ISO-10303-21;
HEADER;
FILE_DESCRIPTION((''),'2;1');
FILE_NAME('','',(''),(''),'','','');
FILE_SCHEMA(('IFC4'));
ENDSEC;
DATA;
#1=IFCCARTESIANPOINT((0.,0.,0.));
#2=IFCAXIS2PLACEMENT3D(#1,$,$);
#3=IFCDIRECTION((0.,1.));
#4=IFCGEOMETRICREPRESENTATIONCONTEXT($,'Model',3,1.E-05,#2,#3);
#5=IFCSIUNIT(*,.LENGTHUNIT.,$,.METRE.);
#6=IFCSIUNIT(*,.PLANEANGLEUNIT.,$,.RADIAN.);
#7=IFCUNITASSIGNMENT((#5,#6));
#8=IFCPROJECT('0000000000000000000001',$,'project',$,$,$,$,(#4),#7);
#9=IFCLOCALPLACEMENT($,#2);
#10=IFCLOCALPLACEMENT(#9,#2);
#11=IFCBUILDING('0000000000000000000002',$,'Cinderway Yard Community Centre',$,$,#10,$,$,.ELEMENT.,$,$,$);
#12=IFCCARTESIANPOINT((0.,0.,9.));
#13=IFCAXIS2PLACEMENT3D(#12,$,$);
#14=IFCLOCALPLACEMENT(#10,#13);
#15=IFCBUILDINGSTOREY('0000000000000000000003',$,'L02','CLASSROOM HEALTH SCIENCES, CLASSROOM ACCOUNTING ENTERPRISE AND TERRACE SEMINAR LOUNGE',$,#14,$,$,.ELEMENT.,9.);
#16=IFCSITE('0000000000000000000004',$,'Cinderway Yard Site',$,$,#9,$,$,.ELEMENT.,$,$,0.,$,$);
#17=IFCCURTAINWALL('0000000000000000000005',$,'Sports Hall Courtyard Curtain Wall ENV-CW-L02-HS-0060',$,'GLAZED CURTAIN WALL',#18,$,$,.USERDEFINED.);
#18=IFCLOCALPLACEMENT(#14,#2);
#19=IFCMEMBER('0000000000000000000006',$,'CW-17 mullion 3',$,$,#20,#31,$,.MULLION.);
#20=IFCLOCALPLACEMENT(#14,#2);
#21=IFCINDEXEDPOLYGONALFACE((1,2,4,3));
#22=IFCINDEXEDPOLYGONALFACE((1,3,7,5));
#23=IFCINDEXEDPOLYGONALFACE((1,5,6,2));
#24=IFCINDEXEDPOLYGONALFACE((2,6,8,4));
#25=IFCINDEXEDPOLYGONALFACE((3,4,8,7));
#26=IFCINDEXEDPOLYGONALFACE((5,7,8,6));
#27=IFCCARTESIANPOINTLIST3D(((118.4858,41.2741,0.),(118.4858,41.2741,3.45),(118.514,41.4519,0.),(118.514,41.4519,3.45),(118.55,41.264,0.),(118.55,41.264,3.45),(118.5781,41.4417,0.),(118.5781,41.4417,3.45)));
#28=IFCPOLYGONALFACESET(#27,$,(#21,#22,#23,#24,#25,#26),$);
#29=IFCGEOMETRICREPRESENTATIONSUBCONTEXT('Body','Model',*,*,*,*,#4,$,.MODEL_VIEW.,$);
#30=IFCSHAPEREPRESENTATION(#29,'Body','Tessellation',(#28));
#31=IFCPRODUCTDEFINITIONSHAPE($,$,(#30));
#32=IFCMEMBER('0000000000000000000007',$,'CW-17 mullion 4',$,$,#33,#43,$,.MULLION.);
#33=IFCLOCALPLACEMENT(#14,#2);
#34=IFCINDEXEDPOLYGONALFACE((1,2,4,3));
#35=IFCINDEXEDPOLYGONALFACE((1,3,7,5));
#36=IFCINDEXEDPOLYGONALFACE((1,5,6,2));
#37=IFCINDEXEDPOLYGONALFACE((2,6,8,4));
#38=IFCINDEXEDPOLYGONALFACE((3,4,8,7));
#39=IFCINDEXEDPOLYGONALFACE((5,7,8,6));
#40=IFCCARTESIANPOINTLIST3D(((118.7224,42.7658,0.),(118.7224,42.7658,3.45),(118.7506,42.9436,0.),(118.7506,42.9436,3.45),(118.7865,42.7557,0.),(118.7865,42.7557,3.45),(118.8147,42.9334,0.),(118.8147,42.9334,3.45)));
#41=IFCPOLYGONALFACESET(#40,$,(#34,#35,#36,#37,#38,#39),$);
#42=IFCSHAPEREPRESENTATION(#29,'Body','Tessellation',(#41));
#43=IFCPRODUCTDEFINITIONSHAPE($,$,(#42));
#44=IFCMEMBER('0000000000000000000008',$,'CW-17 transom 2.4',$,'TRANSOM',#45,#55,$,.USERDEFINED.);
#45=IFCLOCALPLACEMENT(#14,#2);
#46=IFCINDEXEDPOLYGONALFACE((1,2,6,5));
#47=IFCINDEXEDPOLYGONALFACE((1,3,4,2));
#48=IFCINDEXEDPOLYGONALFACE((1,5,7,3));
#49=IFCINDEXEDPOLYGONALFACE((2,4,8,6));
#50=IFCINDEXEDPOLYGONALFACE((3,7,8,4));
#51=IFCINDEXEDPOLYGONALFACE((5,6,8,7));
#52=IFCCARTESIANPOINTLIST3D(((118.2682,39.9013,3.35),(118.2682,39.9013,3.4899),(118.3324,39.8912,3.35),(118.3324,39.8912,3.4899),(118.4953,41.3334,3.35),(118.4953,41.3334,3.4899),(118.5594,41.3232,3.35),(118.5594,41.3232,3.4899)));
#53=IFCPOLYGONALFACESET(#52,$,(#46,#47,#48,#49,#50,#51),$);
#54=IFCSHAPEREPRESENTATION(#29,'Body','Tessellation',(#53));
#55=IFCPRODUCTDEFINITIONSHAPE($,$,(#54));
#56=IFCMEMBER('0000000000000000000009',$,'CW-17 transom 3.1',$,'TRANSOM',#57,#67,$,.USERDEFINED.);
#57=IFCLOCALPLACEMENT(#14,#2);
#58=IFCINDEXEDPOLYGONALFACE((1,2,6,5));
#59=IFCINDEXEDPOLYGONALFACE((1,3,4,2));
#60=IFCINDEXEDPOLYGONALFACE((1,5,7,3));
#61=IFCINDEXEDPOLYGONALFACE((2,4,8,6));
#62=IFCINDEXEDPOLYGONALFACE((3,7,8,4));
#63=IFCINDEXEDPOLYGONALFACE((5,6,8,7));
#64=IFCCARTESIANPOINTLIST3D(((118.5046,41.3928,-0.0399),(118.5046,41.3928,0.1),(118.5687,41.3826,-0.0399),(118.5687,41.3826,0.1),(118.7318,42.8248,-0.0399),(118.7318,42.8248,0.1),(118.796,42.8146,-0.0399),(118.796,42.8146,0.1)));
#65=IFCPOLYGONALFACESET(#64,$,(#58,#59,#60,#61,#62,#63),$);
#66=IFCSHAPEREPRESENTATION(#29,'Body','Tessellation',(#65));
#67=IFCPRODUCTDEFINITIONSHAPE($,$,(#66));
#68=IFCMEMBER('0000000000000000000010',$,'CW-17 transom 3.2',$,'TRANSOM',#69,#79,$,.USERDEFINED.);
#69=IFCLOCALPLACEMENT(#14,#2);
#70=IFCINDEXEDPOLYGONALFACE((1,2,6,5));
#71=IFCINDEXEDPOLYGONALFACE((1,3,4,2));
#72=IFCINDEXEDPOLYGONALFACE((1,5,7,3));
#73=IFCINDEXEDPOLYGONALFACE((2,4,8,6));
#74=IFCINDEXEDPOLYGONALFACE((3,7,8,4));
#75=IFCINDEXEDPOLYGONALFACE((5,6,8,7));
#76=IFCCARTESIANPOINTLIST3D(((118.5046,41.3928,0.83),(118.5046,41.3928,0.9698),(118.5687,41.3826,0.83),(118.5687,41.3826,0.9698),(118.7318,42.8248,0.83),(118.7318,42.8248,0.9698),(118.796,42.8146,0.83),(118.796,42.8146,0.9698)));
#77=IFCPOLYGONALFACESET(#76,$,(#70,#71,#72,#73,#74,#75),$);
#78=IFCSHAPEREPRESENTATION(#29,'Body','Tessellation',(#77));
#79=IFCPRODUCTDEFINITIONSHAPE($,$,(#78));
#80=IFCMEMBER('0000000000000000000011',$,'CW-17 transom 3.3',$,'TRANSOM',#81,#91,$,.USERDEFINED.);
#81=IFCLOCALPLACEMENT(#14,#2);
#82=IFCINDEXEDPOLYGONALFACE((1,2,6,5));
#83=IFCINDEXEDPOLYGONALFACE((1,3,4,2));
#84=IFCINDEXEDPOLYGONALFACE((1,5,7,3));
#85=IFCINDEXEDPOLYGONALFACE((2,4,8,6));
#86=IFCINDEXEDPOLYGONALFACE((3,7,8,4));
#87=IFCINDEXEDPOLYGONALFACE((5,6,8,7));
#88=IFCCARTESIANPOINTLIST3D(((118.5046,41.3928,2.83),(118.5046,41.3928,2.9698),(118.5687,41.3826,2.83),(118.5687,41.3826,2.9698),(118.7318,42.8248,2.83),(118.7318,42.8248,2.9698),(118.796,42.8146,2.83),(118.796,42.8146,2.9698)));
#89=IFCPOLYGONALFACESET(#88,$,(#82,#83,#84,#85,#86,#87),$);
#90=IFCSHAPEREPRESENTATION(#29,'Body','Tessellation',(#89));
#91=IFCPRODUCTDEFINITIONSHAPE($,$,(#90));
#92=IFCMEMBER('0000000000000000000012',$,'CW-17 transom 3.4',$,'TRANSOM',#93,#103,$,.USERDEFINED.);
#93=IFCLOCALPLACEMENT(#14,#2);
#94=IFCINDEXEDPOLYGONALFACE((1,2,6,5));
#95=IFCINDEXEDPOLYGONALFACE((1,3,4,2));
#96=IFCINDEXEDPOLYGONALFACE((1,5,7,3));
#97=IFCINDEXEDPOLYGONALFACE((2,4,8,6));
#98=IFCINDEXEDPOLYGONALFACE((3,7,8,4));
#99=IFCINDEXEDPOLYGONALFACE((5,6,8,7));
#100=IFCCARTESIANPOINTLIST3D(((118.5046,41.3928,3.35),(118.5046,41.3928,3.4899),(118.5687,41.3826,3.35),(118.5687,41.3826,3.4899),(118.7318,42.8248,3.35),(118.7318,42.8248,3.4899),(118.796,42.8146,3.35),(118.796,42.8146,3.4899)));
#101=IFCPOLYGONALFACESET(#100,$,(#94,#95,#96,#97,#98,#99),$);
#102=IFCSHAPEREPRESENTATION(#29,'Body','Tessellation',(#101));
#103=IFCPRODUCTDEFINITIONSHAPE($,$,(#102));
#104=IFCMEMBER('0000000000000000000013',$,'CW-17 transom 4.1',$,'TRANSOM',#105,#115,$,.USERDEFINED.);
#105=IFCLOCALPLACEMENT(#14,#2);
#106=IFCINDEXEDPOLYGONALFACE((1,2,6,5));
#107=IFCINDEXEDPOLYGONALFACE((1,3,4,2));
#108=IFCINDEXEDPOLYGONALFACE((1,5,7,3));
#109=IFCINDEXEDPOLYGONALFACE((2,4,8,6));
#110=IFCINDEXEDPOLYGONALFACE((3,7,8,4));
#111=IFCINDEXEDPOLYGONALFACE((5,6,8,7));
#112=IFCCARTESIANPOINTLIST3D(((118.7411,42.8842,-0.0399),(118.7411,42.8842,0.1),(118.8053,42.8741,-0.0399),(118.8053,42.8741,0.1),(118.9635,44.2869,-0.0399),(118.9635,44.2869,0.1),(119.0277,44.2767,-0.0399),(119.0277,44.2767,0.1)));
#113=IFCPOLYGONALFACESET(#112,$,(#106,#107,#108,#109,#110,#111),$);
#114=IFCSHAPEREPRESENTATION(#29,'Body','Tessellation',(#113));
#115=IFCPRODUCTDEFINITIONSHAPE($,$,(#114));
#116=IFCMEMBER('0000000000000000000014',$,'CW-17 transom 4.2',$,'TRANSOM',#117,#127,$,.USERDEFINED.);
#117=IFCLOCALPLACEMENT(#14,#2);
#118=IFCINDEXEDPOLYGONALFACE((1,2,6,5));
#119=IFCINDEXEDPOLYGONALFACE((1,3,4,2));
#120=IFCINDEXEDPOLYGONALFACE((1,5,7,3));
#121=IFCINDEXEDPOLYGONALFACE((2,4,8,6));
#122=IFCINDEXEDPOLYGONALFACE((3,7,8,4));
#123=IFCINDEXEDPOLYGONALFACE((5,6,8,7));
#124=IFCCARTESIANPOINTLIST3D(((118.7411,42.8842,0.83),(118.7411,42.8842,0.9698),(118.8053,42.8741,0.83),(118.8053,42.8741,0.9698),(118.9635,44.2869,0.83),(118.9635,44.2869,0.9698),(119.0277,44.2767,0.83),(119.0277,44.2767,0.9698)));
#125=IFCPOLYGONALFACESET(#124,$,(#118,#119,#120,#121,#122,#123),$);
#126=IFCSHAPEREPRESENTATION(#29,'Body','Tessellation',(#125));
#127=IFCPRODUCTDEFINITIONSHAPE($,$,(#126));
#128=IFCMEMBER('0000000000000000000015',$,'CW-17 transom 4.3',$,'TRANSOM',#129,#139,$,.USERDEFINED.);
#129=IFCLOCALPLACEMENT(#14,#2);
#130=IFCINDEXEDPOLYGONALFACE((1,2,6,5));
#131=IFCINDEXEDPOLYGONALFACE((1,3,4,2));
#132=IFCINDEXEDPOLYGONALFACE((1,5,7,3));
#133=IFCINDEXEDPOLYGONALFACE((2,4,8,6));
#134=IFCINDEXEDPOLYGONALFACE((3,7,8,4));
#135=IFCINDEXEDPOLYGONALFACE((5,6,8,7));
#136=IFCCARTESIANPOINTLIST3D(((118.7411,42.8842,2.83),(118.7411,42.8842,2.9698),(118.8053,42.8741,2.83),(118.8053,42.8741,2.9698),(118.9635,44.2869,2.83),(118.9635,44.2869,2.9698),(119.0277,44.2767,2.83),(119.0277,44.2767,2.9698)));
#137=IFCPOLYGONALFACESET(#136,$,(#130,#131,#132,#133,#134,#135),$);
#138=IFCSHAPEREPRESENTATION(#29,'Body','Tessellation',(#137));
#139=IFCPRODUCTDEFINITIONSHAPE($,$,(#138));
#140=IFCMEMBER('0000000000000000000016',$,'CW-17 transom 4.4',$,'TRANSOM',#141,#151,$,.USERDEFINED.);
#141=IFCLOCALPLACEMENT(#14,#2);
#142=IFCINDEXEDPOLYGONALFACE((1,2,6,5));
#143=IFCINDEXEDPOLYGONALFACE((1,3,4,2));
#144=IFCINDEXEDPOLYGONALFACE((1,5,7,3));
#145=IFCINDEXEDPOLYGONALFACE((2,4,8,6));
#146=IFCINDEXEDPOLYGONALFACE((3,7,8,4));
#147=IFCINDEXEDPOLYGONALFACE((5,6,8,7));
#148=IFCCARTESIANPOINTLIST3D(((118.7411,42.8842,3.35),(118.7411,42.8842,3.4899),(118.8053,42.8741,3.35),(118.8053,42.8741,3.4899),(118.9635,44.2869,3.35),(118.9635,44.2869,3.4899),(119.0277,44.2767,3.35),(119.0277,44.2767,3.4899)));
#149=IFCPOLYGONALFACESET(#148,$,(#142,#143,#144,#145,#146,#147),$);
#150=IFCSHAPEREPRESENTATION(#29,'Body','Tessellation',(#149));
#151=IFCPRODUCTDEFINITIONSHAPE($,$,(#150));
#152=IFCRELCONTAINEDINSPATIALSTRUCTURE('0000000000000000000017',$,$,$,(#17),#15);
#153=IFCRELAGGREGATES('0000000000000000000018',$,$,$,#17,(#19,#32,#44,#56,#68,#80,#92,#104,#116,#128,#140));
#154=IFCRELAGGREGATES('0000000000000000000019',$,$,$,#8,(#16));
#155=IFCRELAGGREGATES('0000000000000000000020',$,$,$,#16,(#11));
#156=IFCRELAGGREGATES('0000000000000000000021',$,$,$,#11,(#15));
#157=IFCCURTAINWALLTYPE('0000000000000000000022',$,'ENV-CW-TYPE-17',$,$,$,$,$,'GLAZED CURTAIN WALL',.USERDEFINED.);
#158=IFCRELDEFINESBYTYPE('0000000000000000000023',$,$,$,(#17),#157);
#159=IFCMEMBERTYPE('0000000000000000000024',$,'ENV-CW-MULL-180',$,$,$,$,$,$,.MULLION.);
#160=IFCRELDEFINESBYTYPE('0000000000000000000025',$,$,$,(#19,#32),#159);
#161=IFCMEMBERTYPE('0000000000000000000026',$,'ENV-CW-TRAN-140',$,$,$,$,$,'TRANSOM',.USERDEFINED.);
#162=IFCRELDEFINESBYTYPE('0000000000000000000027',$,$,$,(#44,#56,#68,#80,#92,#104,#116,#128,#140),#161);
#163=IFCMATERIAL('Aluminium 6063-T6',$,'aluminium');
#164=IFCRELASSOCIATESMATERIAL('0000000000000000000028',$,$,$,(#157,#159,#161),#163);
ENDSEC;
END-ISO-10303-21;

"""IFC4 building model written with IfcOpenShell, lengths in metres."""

from ifc_helpers import new_model, si_unit, direction, frame, origin, origin_2d, place, context, subcontext, project, spatial, rectangle, extrude, material, material_profile, profile_set, type_object, element, aggregate, save


model = new_model("IFC4")

# Units and contexts
model_context = context("Model", 3, precision=1e-05, world=origin(), true_north=direction((0.0, 1.0)))
body_context = subcontext(model_context, "Body", "Model", "MODEL_VIEW")
ifc_project = project(units=[si_unit("LENGTHUNIT", "METRE"), si_unit("PLANEANGLEUNIT", "RADIAN")], contexts=[model_context])

# Site, building, storey
site_placement = place(None, origin())
site = spatial("IfcSite", under=ifc_project, at=site_placement, Name="Cinderway Yard Site", CompositionType="ELEMENT", RefElevation=0.0)
building_placement = place(site_placement, origin())
building = spatial("IfcBuilding", under=site, at=building_placement, Name="Cinderway Yard Community Centre", CompositionType="ELEMENT")
storey_placement = place(building_placement, frame((0.0, 0.0, 9.0)))
storey = spatial("IfcBuildingStorey", under=building, at=storey_placement, Name="L02", Description="CLASSROOM HEALTH SCIENCES, CLASSROOM ACCOUNTING ENTERPRISE AND TERRACE SEMINAR LOUNGE", CompositionType="ELEMENT", Elevation=9.0)

# Curtain wall, members
ifc_material_1 = material(Name="Aluminium 6063-T6", Category="aluminium")
curtain_wall_type = type_object("IfcCurtainWallType", Name="ENV-CW-TYPE-17", ElementType="GLAZED CURTAIN WALL", PredefinedType="USERDEFINED", material=ifc_material_1)
curtain_wall_placement = place(storey_placement, origin())
curtain_wall = element("IfcCurtainWall", 1, at=curtain_wall_placement, inside=storey, type_object=curtain_wall_type, Name="Sports Hall Courtyard Curtain Wall ENV-CW-L02-HS-0060", ObjectType="GLAZED CURTAIN WALL", PredefinedType="USERDEFINED")
ifc_material_profile_1 = material_profile(ifc_material_1, rectangle(XDim=0.0649, YDim=0.1799, at=origin_2d()), Name="Aluminium 6063-T6")
ifc_profile_set_1 = profile_set([ifc_material_profile_1], Name="Aluminium 6063-T6")
member_type_1 = type_object("IfcMemberType", Name="ENV-CW-MULL-180", PredefinedType="MULLION", material=ifc_profile_set_1)
member_1_placement = place(storey_placement, frame((118.532, 41.3579, 0.0), z_axis=(0.0, 0.0, 1.0), x_axis=(-0.987661, 0.156609, 0.0)))
member_1 = element("IfcMember", 2, at=member_1_placement, type_object=member_type_1, Name="CW-17 mullion 3", PredefinedType="MULLION", context=body_context, shape_type="SweptSolid", body=[
    extrude(rectangle(XDim=0.0649, YDim=0.1799, at=origin_2d()), origin(), (0.0, 0.0, 1.0), 3.45),
])
member_2_placement = place(storey_placement, frame((118.7686, 42.8496, 0.0), z_axis=(0.0, 0.0, 1.0), x_axis=(-0.987661, 0.156609, 0.0)))
member_2 = element("IfcMember", 3, at=member_2_placement, type_object=member_type_1, Name="CW-17 mullion 4", PredefinedType="MULLION", context=body_context, shape_type="SweptSolid", body=[
    extrude(rectangle(XDim=0.0649, YDim=0.1799, at=origin_2d()), origin(), (0.0, 0.0, 1.0), 3.45),
])
ifc_material_profile_2 = material_profile(ifc_material_1, rectangle(XDim=0.0649, YDim=0.1399, at=origin_2d()), Name="Aluminium 6063-T6")
ifc_profile_set_2 = profile_set([ifc_material_profile_2], Name="Aluminium 6063-T6")
member_type_2 = type_object("IfcMemberType", Name="ENV-CW-TRAN-140", ElementType="TRANSOM", PredefinedType="USERDEFINED", material=ifc_profile_set_2)
member_3_placement = place(storey_placement, frame((118.3003, 39.8962, 3.4199), z_axis=(0.156585, 0.987664, 0.0), x_axis=(-0.987664, 0.156585, 0.0)))
member_3 = element("IfcMember", 4, at=member_3_placement, type_object=member_type_2, Name="CW-17 transom 2.4", ObjectType="TRANSOM", PredefinedType="USERDEFINED", context=body_context, shape_type="SweptSolid", body=[
    extrude(rectangle(XDim=0.0649, YDim=0.1399, at=origin_2d()), origin(), (0.0, 0.0, 1.0), 1.45),
])
member_4_placement = place(storey_placement, frame((118.5366, 41.3877, 0.03), z_axis=(0.156749, 0.987638, 0.0), x_axis=(-0.987638, 0.156749, 0.0)))
member_4 = element("IfcMember", 5, at=member_4_placement, type_object=member_type_2, Name="CW-17 transom 3.1", ObjectType="TRANSOM", PredefinedType="USERDEFINED", context=body_context, shape_type="SweptSolid", body=[
    extrude(rectangle(XDim=0.0649, YDim=0.1399, at=origin_2d()), origin(), (0.0, 0.0, 1.0), 1.45),
])
member_5_placement = place(storey_placement, frame((118.5366, 41.3877, 0.8999), z_axis=(0.156749, 0.987638, 0.0), x_axis=(-0.987638, 0.156749, 0.0)))
member_5 = element("IfcMember", 6, at=member_5_placement, type_object=member_type_2, Name="CW-17 transom 3.2", ObjectType="TRANSOM", PredefinedType="USERDEFINED", context=body_context, shape_type="SweptSolid", body=[
    extrude(rectangle(XDim=0.0649, YDim=0.1399, at=origin_2d()), origin(), (0.0, 0.0, 1.0), 1.45),
])
member_6_placement = place(storey_placement, frame((118.5366, 41.3877, 2.8999), z_axis=(0.156749, 0.987638, 0.0), x_axis=(-0.987638, 0.156749, 0.0)))
member_6 = element("IfcMember", 7, at=member_6_placement, type_object=member_type_2, Name="CW-17 transom 3.3", ObjectType="TRANSOM", PredefinedType="USERDEFINED", context=body_context, shape_type="SweptSolid", body=[
    extrude(rectangle(XDim=0.0649, YDim=0.1399, at=origin_2d()), origin(), (0.0, 0.0, 1.0), 1.45),
])
member_7_placement = place(storey_placement, frame((118.5366, 41.3877, 3.4199), z_axis=(0.156749, 0.987638, 0.0), x_axis=(-0.987638, 0.156749, 0.0)))
member_7 = element("IfcMember", 8, at=member_7_placement, type_object=member_type_2, Name="CW-17 transom 3.4", ObjectType="TRANSOM", PredefinedType="USERDEFINED", context=body_context, shape_type="SweptSolid", body=[
    extrude(rectangle(XDim=0.0649, YDim=0.1399, at=origin_2d()), origin(), (0.0, 0.0, 1.0), 1.45),
])
member_8_placement = place(storey_placement, frame((118.7732, 42.8792, 0.03), z_axis=(0.156616, 0.98766, 0.0), x_axis=(-0.98766, 0.156616, 0.0)))
member_8 = element("IfcMember", 9, at=member_8_placement, type_object=member_type_2, Name="CW-17 transom 4.1", ObjectType="TRANSOM", PredefinedType="USERDEFINED", context=body_context, shape_type="SweptSolid", body=[
    extrude(rectangle(XDim=0.0649, YDim=0.1399, at=origin_2d()), origin(), (0.0, 0.0, 1.0), 1.4202),
])
member_9_placement = place(storey_placement, frame((118.7732, 42.8792, 0.8999), z_axis=(0.156616, 0.98766, 0.0), x_axis=(-0.98766, 0.156616, 0.0)))
member_9 = element("IfcMember", 10, at=member_9_placement, type_object=member_type_2, Name="CW-17 transom 4.2", ObjectType="TRANSOM", PredefinedType="USERDEFINED", context=body_context, shape_type="SweptSolid", body=[
    extrude(rectangle(XDim=0.0649, YDim=0.1399, at=origin_2d()), origin(), (0.0, 0.0, 1.0), 1.4202),
])
member_10_placement = place(storey_placement, frame((118.7732, 42.8792, 2.8999), z_axis=(0.156616, 0.98766, 0.0), x_axis=(-0.98766, 0.156616, 0.0)))
member_10 = element("IfcMember", 11, at=member_10_placement, type_object=member_type_2, Name="CW-17 transom 4.3", ObjectType="TRANSOM", PredefinedType="USERDEFINED", context=body_context, shape_type="SweptSolid", body=[
    extrude(rectangle(XDim=0.0649, YDim=0.1399, at=origin_2d()), origin(), (0.0, 0.0, 1.0), 1.4202),
])
member_11_placement = place(storey_placement, frame((118.7732, 42.8792, 3.4199), z_axis=(0.156616, 0.98766, 0.0), x_axis=(-0.98766, 0.156616, 0.0)))
member_11 = element("IfcMember", 12, at=member_11_placement, type_object=member_type_2, Name="CW-17 transom 4.4", ObjectType="TRANSOM", PredefinedType="USERDEFINED", context=body_context, shape_type="SweptSolid", body=[
    extrude(rectangle(XDim=0.0649, YDim=0.1399, at=origin_2d()), origin(), (0.0, 0.0, 1.0), 1.4202),
])

aggregate(curtain_wall, [member_1, member_2, member_3, member_4, member_5, member_6, member_7, member_8, member_9, member_10, member_11])

save(model, "model.ifc")
